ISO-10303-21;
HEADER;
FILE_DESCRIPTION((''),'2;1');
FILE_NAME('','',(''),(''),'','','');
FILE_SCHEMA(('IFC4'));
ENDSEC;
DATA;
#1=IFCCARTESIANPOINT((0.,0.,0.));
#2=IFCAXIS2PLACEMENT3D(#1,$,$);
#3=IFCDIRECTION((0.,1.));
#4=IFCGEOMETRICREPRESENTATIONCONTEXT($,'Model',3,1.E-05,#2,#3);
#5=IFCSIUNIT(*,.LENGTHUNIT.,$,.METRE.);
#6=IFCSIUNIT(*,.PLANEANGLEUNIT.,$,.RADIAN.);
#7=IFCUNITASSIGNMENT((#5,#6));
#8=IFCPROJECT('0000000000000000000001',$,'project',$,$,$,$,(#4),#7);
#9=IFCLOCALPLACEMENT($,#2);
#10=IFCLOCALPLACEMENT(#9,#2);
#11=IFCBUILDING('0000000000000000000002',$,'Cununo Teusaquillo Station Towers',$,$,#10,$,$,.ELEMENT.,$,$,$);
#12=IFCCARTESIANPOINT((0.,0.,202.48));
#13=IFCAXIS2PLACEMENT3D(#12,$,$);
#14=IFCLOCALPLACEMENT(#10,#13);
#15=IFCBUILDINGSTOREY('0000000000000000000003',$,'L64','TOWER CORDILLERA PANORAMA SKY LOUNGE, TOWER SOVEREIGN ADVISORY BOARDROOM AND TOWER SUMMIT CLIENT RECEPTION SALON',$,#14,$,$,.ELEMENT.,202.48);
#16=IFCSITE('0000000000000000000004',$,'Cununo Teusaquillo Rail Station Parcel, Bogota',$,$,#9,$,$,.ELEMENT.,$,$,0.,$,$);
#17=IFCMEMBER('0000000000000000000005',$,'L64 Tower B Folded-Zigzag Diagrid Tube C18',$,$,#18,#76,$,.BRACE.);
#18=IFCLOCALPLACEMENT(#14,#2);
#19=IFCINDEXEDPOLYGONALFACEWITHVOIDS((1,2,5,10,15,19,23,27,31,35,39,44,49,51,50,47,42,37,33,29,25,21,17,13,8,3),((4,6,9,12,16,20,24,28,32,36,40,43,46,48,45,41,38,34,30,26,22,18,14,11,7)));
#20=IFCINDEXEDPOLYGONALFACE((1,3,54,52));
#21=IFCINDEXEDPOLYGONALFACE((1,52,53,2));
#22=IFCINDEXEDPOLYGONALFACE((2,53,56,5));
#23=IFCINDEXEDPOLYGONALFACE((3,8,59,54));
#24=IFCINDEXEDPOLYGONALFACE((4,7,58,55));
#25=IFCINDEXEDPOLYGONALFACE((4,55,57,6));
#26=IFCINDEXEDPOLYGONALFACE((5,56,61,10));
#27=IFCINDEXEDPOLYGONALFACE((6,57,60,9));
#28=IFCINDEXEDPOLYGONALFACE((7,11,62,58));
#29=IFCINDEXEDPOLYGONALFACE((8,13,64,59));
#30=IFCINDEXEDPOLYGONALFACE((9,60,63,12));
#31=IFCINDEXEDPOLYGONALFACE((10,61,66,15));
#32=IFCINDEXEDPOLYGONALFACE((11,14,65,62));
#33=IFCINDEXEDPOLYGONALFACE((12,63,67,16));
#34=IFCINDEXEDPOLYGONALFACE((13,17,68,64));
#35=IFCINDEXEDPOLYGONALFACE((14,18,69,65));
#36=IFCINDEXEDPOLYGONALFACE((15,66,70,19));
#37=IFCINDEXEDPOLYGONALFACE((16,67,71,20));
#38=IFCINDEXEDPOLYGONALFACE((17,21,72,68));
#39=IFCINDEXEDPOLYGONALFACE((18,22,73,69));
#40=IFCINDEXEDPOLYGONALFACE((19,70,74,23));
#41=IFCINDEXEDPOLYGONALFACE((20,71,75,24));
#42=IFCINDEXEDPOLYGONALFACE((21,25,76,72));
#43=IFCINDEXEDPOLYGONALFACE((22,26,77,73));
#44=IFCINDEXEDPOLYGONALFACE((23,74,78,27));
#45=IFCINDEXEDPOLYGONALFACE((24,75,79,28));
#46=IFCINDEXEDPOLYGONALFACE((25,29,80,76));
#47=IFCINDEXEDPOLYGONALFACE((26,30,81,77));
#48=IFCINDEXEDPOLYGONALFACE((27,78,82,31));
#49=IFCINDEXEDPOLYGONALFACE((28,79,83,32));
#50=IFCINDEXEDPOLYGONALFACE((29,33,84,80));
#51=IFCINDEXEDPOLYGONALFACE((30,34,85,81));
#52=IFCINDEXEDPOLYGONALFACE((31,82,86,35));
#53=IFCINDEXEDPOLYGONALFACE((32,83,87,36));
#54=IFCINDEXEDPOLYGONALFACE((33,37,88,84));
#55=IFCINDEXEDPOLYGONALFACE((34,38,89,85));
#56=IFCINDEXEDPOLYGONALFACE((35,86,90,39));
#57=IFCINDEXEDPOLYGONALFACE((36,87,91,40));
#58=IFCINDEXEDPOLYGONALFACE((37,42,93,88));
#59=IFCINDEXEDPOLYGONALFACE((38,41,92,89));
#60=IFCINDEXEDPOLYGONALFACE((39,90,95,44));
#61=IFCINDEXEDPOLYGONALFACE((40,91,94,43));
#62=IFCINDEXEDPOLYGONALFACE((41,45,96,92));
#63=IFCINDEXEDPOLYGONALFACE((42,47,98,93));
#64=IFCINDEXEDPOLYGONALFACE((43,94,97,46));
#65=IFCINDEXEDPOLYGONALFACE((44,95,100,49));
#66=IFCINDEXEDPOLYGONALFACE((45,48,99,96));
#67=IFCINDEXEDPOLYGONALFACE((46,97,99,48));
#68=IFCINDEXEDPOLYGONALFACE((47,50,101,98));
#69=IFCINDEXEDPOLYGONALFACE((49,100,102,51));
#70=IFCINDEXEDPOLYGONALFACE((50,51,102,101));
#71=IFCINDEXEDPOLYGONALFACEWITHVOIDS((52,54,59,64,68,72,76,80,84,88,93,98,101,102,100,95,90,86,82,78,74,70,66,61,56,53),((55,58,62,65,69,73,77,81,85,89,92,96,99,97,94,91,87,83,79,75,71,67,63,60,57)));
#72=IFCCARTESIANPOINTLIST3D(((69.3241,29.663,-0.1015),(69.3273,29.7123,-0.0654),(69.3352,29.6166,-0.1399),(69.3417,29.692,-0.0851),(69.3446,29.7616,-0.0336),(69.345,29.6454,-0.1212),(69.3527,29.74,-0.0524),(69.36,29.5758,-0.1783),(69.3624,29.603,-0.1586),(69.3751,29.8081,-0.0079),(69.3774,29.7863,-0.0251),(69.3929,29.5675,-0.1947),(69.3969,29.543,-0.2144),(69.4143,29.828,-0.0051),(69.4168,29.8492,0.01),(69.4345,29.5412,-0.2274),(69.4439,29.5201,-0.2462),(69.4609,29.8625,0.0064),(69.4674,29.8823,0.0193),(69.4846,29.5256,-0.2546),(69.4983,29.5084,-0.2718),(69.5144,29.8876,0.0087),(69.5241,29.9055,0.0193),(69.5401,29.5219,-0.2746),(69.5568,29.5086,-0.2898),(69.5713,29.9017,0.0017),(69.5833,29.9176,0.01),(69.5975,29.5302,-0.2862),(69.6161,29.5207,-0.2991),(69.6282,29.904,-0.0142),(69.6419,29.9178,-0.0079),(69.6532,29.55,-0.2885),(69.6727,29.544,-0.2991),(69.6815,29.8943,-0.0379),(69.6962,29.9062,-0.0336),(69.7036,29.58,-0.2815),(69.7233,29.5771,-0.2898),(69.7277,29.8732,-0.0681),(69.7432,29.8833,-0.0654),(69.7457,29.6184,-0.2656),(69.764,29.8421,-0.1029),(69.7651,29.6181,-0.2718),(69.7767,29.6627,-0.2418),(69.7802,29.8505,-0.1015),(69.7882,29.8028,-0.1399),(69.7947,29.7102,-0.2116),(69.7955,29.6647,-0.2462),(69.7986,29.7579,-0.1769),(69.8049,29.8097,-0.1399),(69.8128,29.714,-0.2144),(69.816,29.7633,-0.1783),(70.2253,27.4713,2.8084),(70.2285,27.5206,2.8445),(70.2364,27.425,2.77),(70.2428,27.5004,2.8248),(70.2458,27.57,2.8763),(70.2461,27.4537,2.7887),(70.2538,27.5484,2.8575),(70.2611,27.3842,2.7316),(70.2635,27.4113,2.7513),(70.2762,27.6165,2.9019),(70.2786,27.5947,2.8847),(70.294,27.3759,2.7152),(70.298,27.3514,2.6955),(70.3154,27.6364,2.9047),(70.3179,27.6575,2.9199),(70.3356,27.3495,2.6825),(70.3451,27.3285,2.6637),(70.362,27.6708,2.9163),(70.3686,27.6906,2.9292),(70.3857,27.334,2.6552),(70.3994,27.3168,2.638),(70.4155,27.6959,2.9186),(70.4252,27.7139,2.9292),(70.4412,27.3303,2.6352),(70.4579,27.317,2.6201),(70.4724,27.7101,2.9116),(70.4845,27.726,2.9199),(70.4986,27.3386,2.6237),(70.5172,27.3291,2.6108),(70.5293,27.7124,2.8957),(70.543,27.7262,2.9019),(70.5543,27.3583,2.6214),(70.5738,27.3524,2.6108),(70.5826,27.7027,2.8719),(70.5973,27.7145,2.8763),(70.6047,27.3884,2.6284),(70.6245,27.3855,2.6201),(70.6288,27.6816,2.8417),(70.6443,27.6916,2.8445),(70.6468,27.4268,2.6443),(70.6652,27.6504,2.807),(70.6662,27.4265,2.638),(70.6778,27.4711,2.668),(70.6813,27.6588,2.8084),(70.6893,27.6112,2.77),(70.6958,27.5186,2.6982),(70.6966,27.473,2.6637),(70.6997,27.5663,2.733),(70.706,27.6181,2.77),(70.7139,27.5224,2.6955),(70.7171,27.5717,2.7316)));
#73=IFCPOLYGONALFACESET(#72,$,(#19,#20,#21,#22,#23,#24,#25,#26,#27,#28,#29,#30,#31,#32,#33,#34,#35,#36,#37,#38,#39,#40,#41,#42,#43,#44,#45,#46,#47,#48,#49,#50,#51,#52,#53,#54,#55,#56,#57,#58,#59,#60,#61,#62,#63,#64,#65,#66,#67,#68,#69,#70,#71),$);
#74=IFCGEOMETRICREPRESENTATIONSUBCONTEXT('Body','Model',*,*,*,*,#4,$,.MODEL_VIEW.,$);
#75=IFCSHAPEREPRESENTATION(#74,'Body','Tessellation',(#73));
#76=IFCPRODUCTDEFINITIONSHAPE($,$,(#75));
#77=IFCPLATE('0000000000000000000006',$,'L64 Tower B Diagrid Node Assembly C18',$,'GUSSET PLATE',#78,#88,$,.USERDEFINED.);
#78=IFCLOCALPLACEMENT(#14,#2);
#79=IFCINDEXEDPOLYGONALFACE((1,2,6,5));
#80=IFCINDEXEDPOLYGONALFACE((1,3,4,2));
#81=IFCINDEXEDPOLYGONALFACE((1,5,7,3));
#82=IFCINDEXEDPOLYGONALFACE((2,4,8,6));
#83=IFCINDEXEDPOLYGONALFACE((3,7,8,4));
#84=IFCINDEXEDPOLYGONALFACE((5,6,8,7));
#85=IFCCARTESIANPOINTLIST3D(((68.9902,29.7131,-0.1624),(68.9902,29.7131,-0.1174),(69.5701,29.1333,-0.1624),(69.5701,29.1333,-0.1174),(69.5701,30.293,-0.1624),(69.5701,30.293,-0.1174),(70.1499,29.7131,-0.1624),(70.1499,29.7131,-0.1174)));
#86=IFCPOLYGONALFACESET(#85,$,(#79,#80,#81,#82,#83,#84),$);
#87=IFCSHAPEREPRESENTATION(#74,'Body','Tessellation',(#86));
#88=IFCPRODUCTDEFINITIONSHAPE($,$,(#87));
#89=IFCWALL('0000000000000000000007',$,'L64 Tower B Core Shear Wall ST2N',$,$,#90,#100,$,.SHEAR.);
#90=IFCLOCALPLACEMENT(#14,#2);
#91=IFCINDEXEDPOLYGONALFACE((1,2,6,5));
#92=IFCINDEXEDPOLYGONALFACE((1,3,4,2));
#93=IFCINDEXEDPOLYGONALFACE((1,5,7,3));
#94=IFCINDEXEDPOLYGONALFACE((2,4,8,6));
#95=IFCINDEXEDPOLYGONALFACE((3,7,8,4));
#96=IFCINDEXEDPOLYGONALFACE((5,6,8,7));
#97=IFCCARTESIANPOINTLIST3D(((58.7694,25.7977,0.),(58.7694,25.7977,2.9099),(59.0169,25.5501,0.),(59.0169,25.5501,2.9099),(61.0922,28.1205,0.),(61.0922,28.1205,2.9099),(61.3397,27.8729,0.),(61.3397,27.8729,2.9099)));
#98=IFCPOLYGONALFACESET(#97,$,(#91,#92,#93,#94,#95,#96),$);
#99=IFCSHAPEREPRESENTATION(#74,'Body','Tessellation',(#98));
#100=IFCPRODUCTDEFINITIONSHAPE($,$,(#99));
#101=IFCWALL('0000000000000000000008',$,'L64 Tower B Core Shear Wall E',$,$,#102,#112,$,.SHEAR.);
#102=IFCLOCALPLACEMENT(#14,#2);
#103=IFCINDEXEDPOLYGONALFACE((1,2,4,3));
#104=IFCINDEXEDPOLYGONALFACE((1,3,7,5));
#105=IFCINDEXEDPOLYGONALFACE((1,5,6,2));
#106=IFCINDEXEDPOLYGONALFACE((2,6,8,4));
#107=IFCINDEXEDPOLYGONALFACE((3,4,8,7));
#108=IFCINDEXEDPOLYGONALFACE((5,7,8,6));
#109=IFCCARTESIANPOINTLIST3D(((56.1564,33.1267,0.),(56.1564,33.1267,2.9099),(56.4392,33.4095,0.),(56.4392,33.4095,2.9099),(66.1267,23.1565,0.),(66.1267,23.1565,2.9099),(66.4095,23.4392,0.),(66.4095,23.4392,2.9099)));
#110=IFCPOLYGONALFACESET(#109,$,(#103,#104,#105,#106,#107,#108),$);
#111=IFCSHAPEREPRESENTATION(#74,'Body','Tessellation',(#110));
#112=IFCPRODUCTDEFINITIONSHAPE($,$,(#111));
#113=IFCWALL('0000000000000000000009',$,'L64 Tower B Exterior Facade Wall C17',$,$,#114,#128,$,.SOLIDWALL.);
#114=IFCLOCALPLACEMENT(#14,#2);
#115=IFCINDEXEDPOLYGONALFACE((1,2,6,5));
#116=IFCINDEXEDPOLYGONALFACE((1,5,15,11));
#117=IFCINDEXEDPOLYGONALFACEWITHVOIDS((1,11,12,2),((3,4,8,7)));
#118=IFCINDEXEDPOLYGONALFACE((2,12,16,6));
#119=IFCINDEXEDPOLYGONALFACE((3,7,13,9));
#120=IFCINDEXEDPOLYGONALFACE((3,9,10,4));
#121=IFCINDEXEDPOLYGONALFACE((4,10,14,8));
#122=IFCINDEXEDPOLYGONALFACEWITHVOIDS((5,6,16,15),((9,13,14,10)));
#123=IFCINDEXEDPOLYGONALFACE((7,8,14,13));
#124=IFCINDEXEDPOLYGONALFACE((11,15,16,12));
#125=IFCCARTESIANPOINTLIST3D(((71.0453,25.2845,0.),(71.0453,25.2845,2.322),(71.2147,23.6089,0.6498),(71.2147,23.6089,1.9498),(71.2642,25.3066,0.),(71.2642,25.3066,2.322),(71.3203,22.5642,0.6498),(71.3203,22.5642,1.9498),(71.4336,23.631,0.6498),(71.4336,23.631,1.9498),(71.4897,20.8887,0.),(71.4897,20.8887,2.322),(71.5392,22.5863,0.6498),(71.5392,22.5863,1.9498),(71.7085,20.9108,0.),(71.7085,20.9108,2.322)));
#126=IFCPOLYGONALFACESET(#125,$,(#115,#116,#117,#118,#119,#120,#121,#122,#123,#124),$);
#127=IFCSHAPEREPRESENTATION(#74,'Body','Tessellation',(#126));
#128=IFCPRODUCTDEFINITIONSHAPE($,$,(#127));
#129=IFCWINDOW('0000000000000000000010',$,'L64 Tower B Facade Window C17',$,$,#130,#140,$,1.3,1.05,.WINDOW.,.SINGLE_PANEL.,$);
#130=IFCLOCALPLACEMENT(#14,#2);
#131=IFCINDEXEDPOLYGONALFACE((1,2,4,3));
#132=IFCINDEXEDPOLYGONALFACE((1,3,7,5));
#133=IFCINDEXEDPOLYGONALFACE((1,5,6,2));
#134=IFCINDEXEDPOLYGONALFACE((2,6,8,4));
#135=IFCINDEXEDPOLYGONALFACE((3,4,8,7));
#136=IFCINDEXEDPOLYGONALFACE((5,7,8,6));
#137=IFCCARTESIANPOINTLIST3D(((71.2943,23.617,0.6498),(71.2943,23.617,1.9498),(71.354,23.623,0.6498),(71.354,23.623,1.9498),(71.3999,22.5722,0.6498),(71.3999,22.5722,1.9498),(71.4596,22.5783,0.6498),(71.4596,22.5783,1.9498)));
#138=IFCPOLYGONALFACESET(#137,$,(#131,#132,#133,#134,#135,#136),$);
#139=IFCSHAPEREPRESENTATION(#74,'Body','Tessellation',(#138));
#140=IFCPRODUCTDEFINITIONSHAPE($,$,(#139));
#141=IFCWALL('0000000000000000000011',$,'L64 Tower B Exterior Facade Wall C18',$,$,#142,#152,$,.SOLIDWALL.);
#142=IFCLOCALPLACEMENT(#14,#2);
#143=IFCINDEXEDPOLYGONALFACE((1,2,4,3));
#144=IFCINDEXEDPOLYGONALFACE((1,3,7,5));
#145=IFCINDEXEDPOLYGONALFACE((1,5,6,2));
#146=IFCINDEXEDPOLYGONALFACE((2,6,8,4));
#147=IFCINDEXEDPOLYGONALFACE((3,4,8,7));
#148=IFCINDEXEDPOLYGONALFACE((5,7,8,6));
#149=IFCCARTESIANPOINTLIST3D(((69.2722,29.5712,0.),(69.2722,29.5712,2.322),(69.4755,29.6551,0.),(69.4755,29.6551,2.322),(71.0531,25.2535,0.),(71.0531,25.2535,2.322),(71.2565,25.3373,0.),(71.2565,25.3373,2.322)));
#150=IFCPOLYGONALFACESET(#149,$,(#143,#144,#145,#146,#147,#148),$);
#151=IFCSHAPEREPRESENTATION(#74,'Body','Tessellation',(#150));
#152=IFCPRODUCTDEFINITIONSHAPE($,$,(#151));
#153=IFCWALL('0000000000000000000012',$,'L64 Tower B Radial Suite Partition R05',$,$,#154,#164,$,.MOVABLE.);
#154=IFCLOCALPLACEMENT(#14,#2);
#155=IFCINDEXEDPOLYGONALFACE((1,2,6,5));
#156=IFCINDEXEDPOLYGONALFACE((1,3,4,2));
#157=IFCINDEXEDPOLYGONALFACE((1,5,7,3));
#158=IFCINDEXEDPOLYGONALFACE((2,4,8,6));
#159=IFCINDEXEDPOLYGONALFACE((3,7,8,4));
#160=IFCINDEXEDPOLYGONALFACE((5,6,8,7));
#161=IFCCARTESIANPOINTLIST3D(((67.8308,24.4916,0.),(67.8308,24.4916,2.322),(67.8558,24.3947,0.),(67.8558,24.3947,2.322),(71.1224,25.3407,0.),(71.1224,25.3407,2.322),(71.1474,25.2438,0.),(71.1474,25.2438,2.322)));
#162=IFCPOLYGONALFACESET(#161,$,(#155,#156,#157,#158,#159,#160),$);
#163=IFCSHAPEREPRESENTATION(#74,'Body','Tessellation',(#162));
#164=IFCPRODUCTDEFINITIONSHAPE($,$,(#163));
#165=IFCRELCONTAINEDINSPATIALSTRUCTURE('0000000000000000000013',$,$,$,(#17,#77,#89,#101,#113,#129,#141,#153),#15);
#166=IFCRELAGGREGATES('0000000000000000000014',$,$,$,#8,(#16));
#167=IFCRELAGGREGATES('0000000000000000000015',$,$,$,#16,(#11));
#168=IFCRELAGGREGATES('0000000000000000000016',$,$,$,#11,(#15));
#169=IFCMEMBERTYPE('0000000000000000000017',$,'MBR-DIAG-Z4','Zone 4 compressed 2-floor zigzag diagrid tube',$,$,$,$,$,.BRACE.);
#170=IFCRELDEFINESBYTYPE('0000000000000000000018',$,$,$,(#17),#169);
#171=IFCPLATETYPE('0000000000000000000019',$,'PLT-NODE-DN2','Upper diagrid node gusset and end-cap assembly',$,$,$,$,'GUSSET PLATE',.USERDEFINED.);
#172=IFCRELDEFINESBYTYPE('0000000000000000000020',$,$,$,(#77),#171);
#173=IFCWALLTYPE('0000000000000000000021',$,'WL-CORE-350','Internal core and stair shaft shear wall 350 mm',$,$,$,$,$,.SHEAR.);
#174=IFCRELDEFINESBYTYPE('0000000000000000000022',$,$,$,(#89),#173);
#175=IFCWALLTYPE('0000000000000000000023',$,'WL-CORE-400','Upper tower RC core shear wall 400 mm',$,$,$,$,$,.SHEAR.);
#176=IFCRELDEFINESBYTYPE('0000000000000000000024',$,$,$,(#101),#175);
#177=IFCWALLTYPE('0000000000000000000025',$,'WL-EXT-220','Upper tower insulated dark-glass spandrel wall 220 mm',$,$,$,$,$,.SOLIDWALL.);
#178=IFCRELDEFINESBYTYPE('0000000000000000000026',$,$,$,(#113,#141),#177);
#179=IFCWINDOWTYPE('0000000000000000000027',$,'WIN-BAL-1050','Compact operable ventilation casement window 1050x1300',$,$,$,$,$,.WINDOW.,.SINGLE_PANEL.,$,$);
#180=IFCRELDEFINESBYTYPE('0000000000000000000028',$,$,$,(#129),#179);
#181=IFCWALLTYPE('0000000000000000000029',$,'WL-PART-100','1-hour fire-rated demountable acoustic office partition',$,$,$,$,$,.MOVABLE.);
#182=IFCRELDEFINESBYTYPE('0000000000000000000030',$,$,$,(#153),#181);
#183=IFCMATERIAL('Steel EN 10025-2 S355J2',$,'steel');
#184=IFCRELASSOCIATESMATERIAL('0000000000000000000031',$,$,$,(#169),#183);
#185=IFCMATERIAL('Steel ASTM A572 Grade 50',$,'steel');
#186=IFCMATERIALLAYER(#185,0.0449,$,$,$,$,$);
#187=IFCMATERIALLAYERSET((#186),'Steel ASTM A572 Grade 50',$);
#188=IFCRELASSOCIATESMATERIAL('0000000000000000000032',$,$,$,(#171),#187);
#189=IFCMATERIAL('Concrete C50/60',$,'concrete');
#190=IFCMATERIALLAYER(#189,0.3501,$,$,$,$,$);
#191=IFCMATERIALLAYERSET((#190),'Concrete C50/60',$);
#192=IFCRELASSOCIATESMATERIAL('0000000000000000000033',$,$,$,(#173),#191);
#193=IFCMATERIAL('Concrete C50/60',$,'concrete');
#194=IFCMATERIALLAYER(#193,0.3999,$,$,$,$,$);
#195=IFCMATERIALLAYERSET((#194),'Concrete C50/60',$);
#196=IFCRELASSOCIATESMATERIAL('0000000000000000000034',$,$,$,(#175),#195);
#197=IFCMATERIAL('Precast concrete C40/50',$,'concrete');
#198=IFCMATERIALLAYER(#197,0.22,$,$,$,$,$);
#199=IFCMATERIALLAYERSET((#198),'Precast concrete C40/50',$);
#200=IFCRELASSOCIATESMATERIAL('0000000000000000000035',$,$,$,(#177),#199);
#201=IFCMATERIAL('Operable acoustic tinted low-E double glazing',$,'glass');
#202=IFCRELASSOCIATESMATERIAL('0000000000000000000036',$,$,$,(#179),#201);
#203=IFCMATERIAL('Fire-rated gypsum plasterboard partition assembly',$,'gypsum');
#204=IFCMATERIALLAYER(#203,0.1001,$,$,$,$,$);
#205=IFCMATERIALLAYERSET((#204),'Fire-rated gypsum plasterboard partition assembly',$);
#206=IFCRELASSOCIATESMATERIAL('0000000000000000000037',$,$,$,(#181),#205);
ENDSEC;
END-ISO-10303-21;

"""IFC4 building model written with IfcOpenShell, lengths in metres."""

from ifc_helpers import new_model, si_unit, direction, frame, frame_2d, origin, origin_2d, place, context, subcontext, project, spatial, rectangle, hollow_circle, extrude, source, transform, mapped, material, layer, layer_set, material_profile, profile_set, type_object, element, fill, save


model = new_model("IFC4")

# Units and contexts
model_context = context("Model", 3, precision=1e-05, world=origin(), true_north=direction((0.0, 1.0)))
body_context = subcontext(model_context, "Body", "Model", "MODEL_VIEW")
ifc_project = project(units=[si_unit("LENGTHUNIT", "METRE"), si_unit("PLANEANGLEUNIT", "RADIAN")], contexts=[model_context])

# Site, building, storey
site_placement = place(None, origin())
site = spatial("IfcSite", under=ifc_project, at=site_placement, Name="Cununo Teusaquillo Rail Station Parcel, Bogota", CompositionType="ELEMENT", RefElevation=0.0)
building_placement = place(site_placement, origin())
building = spatial("IfcBuilding", under=site, at=building_placement, Name="Cununo Teusaquillo Station Towers", CompositionType="ELEMENT")
storey_placement = place(building_placement, frame((0.0, 0.0, 202.48)))
storey = spatial("IfcBuildingStorey", under=building, at=storey_placement, Name="L64", Description="TOWER CORDILLERA PANORAMA SKY LOUNGE, TOWER SOVEREIGN ADVISORY BOARDROOM AND TOWER SUMMIT CLIENT RECEPTION SALON", CompositionType="ELEMENT", Elevation=202.48)

# Member
ifc_material_1 = material(Name="Steel EN 10025-2 S355J2", Category="steel")
ifc_material_profile_1 = material_profile(ifc_material_1, hollow_circle(Radius=0.2539, WallThickness=0.0181, at=origin_2d()), Name="CHS 508x18")
ifc_profile_set_1 = profile_set([ifc_material_profile_1], Name="Steel EN 10025-2 S355J2")
member_type = type_object("IfcMemberType", Name="MBR-DIAG-Z4", Description="Zone 4 compressed 2-floor zigzag diagrid tube", PredefinedType="BRACE", material=ifc_profile_set_1)
member_placement = place(storey_placement, frame((69.5701, 29.7131, -0.1399), z_axis=(0.240125, -0.584016, 0.775413), x_axis=(0.924874, 0.380273, 0.0)))
element("IfcMember", 1, at=member_placement, inside=storey, type_object=member_type, Name="L64 Tower B Folded-Zigzag Diagrid Tube C18", PredefinedType="BRACE", context=body_context, shape_type="SweptSolid", body=[
    extrude(hollow_circle(Radius=0.2539, WallThickness=0.0181, at=origin_2d()), origin(), (0.0, 0.0, 1.0), 3.7527),
])

# Plate
ifc_material_2 = material(Name="Steel ASTM A572 Grade 50", Category="steel")
ifc_layer_1 = layer(ifc_material_2, 0.0449)
ifc_layer_set_1 = layer_set([ifc_layer_1], Name="Steel ASTM A572 Grade 50")
plate_type = type_object("IfcPlateType", Name="PLT-NODE-DN2", Description="Upper diagrid node gusset and end-cap assembly", ElementType="GUSSET PLATE", PredefinedType="USERDEFINED", material=ifc_layer_set_1)
shared_shape_1 = source(origin(), body_context, "Body", "SweptSolid", [
    extrude(rectangle(XDim=0.8201, YDim=0.8201, at=origin_2d()), origin(), (0.0, 0.0, 1.0), 0.0449),
])
plate_placement = place(storey_placement, frame((69.5701, 29.7131, -0.1624), z_axis=(0.0, 0.0, 1.0), x_axis=(0.707107, 0.707107, 0.0)))
element("IfcPlate", 2, at=plate_placement, inside=storey, type_object=plate_type, Name="L64 Tower B Diagrid Node Assembly C18", ObjectType="GUSSET PLATE", PredefinedType="USERDEFINED", context=body_context, shape_type="MappedRepresentation", body=[
    mapped(shared_shape_1, transform((0.0, 0.0, 0.0), x_axis=(1.0, 0.0, 0.0), y_axis=(0.0, 1.0, 0.0), z_axis=(0.0, 0.0, 1.0), scale=1.0)),
])

# Walls
ifc_material_3 = material(Name="Concrete C50/60", Category="concrete")
ifc_layer_2 = layer(ifc_material_3, 0.3501)
ifc_layer_set_2 = layer_set([ifc_layer_2], Name="Concrete C50/60")
wall_type_1 = type_object("IfcWallType", Name="WL-CORE-350", Description="Internal core and stair shaft shear wall 350 mm", PredefinedType="SHEAR", material=ifc_layer_set_2)
wall_1_placement = place(storey_placement, frame((58.8931, 25.6738, 0.0), z_axis=(0.0, 0.0, 1.0), x_axis=(0.707107, 0.707107, 0.0)))
element("IfcWall", 3, at=wall_1_placement, inside=storey, type_object=wall_type_1, Name="L64 Tower B Core Shear Wall ST2N", PredefinedType="SHEAR", context=body_context, shape_type="SweptSolid", body=[
    extrude(rectangle(XDim=3.2849, YDim=0.3501, at=frame_2d((1.6426, 0.0))), origin(), (0.0, 0.0, 1.0), 2.9099),
])
ifc_material_4 = material(Name="Concrete C50/60", Category="concrete")
ifc_layer_3 = layer(ifc_material_4, 0.3999)
ifc_layer_set_3 = layer_set([ifc_layer_3], Name="Concrete C50/60")
wall_type_2 = type_object("IfcWallType", Name="WL-CORE-400", Description="Upper tower RC core shear wall 400 mm", PredefinedType="SHEAR", material=ifc_layer_set_3)
wall_2_placement = place(storey_placement, frame((66.2681, 23.2979, 0.0), z_axis=(0.0, 0.0, 1.0), x_axis=(-0.707107, 0.707107, 0.0)))
element("IfcWall", 4, at=wall_2_placement, inside=storey, type_object=wall_type_2, Name="L64 Tower B Core Shear Wall E", PredefinedType="SHEAR", context=body_context, shape_type="SweptSolid", body=[
    extrude(rectangle(XDim=14.1001, YDim=0.3999, at=frame_2d((7.05, 0.0))), origin(), (0.0, 0.0, 1.0), 2.9099),
])

# Wall, opening, window
ifc_material_5 = material(Name="Precast concrete C40/50", Category="concrete")
ifc_layer_4 = layer(ifc_material_5, 0.22)
ifc_layer_set_4 = layer_set([ifc_layer_4], Name="Precast concrete C40/50")
wall_type_3 = type_object("IfcWallType", Name="WL-EXT-220", Description="Upper tower insulated dark-glass spandrel wall 220 mm", PredefinedType="SOLIDWALL", material=ifc_layer_set_4)
wall_3_placement = place(storey_placement, frame((71.1548, 25.2954, 0.0), z_axis=(0.0, 0.0, 1.0), x_axis=(0.100571, -0.99493, 0.0)))
wall_3 = element("IfcWall", 5, at=wall_3_placement, inside=storey, type_object=wall_type_3, Name="L64 Tower B Exterior Facade Wall C17", PredefinedType="SOLIDWALL", context=body_context, shape_type="SweptSolid", body=[
    extrude(rectangle(XDim=4.4182, YDim=0.22, at=frame_2d((2.209, 0.0))), origin(), (0.0, 0.0, 1.0), 2.322),
])
shared_shape_2 = source(origin(), body_context, "Body", "SweptSolid", [
    extrude(rectangle(XDim=1.05, YDim=1.3, at=frame_2d((0.5249, 0.6499))), frame((0.0, 0.1199, 0.0), z_axis=(0.0, -1.0, 0.0), x_axis=(1.0, 0.0, 0.0)), (0.0, 0.0, 1.0), 0.24),
])
opening_1_placement = place(wall_3_placement, frame((1.6841, 0.0, 0.6499)))
opening_1 = element("IfcOpeningElement", 6, at=opening_1_placement, cuts=wall_3, PredefinedType="OPENING", context=body_context, shape_type="MappedRepresentation", body=[
    mapped(shared_shape_2, transform((0.0, 0.0, 0.0), x_axis=(1.0, 0.0, 0.0), y_axis=(0.0, 1.0, 0.0), z_axis=(0.0, 0.0, 1.0), scale=1.0)),
])
ifc_material_6 = material(Name="Operable acoustic tinted low-E double glazing", Category="glass")
window_type = type_object("IfcWindowType", Name="WIN-BAL-1050", Description="Compact operable ventilation casement window 1050x1300", PartitioningType="SINGLE_PANEL", PredefinedType="WINDOW", material=ifc_material_6)
shared_shape_3 = source(origin(), body_context, "Body", "SweptSolid", [
    extrude(rectangle(XDim=1.05, YDim=1.3, at=frame_2d((0.5249, 0.6499))), frame((0.0, 0.03, 0.0), z_axis=(0.0, -1.0, 0.0), x_axis=(1.0, 0.0, 0.0)), (0.0, 0.0, 1.0), 0.0601),
])
window_placement = place(opening_1_placement, origin())
window = element("IfcWindow", 7, at=window_placement, inside=storey, type_object=window_type, Name="L64 Tower B Facade Window C17", OverallHeight=1.3, OverallWidth=1.05, PartitioningType="SINGLE_PANEL", PredefinedType="WINDOW", context=body_context, shape_type="MappedRepresentation", body=[
    mapped(shared_shape_3, transform((0.0, 0.0, 0.0), x_axis=(1.0, 0.0, 0.0), y_axis=(0.0, 1.0, 0.0), z_axis=(0.0, 0.0, 1.0), scale=1.0)),
])
fill(opening_1, window)

# Walls
wall_4_placement = place(storey_placement, frame((69.3738, 29.6133, 0.0), z_axis=(0.0, 0.0, 1.0), x_axis=(0.38131, -0.924447, 0.0)))
element("IfcWall", 8, at=wall_4_placement, inside=storey, type_object=wall_type_3, Name="L64 Tower B Exterior Facade Wall C18", PredefinedType="SOLIDWALL", context=body_context, shape_type="SweptSolid", body=[
    extrude(rectangle(XDim=4.6707, YDim=0.22, at=frame_2d((2.3354, 0.0))), origin(), (0.0, 0.0, 1.0), 2.322),
])
ifc_material_7 = material(Name="Fire-rated gypsum plasterboard partition assembly", Category="gypsum")
ifc_layer_5 = layer(ifc_material_7, 0.1001)
ifc_layer_set_5 = layer_set([ifc_layer_5], Name="Fire-rated gypsum plasterboard partition assembly")
wall_type_4 = type_object("IfcWallType", Name="WL-PART-100", Description="1-hour fire-rated demountable acoustic office partition", PredefinedType="MOVABLE", material=ifc_layer_set_5)
wall_5_placement = place(storey_placement, frame((67.8433, 24.4431, 0.0), z_axis=(0.0, 0.0, 1.0), x_axis=(0.968303, 0.249778, 0.0)))
element("IfcWall", 9, at=wall_5_placement, inside=storey, type_object=wall_type_4, Name="L64 Tower B Radial Suite Partition R05", PredefinedType="MOVABLE", context=body_context, shape_type="SweptSolid", body=[
    extrude(rectangle(XDim=3.3994, YDim=0.1001, at=frame_2d((1.6997, 0.0))), origin(), (0.0, 0.0, 1.0), 2.322),
])

save(model, "model.ifc")
